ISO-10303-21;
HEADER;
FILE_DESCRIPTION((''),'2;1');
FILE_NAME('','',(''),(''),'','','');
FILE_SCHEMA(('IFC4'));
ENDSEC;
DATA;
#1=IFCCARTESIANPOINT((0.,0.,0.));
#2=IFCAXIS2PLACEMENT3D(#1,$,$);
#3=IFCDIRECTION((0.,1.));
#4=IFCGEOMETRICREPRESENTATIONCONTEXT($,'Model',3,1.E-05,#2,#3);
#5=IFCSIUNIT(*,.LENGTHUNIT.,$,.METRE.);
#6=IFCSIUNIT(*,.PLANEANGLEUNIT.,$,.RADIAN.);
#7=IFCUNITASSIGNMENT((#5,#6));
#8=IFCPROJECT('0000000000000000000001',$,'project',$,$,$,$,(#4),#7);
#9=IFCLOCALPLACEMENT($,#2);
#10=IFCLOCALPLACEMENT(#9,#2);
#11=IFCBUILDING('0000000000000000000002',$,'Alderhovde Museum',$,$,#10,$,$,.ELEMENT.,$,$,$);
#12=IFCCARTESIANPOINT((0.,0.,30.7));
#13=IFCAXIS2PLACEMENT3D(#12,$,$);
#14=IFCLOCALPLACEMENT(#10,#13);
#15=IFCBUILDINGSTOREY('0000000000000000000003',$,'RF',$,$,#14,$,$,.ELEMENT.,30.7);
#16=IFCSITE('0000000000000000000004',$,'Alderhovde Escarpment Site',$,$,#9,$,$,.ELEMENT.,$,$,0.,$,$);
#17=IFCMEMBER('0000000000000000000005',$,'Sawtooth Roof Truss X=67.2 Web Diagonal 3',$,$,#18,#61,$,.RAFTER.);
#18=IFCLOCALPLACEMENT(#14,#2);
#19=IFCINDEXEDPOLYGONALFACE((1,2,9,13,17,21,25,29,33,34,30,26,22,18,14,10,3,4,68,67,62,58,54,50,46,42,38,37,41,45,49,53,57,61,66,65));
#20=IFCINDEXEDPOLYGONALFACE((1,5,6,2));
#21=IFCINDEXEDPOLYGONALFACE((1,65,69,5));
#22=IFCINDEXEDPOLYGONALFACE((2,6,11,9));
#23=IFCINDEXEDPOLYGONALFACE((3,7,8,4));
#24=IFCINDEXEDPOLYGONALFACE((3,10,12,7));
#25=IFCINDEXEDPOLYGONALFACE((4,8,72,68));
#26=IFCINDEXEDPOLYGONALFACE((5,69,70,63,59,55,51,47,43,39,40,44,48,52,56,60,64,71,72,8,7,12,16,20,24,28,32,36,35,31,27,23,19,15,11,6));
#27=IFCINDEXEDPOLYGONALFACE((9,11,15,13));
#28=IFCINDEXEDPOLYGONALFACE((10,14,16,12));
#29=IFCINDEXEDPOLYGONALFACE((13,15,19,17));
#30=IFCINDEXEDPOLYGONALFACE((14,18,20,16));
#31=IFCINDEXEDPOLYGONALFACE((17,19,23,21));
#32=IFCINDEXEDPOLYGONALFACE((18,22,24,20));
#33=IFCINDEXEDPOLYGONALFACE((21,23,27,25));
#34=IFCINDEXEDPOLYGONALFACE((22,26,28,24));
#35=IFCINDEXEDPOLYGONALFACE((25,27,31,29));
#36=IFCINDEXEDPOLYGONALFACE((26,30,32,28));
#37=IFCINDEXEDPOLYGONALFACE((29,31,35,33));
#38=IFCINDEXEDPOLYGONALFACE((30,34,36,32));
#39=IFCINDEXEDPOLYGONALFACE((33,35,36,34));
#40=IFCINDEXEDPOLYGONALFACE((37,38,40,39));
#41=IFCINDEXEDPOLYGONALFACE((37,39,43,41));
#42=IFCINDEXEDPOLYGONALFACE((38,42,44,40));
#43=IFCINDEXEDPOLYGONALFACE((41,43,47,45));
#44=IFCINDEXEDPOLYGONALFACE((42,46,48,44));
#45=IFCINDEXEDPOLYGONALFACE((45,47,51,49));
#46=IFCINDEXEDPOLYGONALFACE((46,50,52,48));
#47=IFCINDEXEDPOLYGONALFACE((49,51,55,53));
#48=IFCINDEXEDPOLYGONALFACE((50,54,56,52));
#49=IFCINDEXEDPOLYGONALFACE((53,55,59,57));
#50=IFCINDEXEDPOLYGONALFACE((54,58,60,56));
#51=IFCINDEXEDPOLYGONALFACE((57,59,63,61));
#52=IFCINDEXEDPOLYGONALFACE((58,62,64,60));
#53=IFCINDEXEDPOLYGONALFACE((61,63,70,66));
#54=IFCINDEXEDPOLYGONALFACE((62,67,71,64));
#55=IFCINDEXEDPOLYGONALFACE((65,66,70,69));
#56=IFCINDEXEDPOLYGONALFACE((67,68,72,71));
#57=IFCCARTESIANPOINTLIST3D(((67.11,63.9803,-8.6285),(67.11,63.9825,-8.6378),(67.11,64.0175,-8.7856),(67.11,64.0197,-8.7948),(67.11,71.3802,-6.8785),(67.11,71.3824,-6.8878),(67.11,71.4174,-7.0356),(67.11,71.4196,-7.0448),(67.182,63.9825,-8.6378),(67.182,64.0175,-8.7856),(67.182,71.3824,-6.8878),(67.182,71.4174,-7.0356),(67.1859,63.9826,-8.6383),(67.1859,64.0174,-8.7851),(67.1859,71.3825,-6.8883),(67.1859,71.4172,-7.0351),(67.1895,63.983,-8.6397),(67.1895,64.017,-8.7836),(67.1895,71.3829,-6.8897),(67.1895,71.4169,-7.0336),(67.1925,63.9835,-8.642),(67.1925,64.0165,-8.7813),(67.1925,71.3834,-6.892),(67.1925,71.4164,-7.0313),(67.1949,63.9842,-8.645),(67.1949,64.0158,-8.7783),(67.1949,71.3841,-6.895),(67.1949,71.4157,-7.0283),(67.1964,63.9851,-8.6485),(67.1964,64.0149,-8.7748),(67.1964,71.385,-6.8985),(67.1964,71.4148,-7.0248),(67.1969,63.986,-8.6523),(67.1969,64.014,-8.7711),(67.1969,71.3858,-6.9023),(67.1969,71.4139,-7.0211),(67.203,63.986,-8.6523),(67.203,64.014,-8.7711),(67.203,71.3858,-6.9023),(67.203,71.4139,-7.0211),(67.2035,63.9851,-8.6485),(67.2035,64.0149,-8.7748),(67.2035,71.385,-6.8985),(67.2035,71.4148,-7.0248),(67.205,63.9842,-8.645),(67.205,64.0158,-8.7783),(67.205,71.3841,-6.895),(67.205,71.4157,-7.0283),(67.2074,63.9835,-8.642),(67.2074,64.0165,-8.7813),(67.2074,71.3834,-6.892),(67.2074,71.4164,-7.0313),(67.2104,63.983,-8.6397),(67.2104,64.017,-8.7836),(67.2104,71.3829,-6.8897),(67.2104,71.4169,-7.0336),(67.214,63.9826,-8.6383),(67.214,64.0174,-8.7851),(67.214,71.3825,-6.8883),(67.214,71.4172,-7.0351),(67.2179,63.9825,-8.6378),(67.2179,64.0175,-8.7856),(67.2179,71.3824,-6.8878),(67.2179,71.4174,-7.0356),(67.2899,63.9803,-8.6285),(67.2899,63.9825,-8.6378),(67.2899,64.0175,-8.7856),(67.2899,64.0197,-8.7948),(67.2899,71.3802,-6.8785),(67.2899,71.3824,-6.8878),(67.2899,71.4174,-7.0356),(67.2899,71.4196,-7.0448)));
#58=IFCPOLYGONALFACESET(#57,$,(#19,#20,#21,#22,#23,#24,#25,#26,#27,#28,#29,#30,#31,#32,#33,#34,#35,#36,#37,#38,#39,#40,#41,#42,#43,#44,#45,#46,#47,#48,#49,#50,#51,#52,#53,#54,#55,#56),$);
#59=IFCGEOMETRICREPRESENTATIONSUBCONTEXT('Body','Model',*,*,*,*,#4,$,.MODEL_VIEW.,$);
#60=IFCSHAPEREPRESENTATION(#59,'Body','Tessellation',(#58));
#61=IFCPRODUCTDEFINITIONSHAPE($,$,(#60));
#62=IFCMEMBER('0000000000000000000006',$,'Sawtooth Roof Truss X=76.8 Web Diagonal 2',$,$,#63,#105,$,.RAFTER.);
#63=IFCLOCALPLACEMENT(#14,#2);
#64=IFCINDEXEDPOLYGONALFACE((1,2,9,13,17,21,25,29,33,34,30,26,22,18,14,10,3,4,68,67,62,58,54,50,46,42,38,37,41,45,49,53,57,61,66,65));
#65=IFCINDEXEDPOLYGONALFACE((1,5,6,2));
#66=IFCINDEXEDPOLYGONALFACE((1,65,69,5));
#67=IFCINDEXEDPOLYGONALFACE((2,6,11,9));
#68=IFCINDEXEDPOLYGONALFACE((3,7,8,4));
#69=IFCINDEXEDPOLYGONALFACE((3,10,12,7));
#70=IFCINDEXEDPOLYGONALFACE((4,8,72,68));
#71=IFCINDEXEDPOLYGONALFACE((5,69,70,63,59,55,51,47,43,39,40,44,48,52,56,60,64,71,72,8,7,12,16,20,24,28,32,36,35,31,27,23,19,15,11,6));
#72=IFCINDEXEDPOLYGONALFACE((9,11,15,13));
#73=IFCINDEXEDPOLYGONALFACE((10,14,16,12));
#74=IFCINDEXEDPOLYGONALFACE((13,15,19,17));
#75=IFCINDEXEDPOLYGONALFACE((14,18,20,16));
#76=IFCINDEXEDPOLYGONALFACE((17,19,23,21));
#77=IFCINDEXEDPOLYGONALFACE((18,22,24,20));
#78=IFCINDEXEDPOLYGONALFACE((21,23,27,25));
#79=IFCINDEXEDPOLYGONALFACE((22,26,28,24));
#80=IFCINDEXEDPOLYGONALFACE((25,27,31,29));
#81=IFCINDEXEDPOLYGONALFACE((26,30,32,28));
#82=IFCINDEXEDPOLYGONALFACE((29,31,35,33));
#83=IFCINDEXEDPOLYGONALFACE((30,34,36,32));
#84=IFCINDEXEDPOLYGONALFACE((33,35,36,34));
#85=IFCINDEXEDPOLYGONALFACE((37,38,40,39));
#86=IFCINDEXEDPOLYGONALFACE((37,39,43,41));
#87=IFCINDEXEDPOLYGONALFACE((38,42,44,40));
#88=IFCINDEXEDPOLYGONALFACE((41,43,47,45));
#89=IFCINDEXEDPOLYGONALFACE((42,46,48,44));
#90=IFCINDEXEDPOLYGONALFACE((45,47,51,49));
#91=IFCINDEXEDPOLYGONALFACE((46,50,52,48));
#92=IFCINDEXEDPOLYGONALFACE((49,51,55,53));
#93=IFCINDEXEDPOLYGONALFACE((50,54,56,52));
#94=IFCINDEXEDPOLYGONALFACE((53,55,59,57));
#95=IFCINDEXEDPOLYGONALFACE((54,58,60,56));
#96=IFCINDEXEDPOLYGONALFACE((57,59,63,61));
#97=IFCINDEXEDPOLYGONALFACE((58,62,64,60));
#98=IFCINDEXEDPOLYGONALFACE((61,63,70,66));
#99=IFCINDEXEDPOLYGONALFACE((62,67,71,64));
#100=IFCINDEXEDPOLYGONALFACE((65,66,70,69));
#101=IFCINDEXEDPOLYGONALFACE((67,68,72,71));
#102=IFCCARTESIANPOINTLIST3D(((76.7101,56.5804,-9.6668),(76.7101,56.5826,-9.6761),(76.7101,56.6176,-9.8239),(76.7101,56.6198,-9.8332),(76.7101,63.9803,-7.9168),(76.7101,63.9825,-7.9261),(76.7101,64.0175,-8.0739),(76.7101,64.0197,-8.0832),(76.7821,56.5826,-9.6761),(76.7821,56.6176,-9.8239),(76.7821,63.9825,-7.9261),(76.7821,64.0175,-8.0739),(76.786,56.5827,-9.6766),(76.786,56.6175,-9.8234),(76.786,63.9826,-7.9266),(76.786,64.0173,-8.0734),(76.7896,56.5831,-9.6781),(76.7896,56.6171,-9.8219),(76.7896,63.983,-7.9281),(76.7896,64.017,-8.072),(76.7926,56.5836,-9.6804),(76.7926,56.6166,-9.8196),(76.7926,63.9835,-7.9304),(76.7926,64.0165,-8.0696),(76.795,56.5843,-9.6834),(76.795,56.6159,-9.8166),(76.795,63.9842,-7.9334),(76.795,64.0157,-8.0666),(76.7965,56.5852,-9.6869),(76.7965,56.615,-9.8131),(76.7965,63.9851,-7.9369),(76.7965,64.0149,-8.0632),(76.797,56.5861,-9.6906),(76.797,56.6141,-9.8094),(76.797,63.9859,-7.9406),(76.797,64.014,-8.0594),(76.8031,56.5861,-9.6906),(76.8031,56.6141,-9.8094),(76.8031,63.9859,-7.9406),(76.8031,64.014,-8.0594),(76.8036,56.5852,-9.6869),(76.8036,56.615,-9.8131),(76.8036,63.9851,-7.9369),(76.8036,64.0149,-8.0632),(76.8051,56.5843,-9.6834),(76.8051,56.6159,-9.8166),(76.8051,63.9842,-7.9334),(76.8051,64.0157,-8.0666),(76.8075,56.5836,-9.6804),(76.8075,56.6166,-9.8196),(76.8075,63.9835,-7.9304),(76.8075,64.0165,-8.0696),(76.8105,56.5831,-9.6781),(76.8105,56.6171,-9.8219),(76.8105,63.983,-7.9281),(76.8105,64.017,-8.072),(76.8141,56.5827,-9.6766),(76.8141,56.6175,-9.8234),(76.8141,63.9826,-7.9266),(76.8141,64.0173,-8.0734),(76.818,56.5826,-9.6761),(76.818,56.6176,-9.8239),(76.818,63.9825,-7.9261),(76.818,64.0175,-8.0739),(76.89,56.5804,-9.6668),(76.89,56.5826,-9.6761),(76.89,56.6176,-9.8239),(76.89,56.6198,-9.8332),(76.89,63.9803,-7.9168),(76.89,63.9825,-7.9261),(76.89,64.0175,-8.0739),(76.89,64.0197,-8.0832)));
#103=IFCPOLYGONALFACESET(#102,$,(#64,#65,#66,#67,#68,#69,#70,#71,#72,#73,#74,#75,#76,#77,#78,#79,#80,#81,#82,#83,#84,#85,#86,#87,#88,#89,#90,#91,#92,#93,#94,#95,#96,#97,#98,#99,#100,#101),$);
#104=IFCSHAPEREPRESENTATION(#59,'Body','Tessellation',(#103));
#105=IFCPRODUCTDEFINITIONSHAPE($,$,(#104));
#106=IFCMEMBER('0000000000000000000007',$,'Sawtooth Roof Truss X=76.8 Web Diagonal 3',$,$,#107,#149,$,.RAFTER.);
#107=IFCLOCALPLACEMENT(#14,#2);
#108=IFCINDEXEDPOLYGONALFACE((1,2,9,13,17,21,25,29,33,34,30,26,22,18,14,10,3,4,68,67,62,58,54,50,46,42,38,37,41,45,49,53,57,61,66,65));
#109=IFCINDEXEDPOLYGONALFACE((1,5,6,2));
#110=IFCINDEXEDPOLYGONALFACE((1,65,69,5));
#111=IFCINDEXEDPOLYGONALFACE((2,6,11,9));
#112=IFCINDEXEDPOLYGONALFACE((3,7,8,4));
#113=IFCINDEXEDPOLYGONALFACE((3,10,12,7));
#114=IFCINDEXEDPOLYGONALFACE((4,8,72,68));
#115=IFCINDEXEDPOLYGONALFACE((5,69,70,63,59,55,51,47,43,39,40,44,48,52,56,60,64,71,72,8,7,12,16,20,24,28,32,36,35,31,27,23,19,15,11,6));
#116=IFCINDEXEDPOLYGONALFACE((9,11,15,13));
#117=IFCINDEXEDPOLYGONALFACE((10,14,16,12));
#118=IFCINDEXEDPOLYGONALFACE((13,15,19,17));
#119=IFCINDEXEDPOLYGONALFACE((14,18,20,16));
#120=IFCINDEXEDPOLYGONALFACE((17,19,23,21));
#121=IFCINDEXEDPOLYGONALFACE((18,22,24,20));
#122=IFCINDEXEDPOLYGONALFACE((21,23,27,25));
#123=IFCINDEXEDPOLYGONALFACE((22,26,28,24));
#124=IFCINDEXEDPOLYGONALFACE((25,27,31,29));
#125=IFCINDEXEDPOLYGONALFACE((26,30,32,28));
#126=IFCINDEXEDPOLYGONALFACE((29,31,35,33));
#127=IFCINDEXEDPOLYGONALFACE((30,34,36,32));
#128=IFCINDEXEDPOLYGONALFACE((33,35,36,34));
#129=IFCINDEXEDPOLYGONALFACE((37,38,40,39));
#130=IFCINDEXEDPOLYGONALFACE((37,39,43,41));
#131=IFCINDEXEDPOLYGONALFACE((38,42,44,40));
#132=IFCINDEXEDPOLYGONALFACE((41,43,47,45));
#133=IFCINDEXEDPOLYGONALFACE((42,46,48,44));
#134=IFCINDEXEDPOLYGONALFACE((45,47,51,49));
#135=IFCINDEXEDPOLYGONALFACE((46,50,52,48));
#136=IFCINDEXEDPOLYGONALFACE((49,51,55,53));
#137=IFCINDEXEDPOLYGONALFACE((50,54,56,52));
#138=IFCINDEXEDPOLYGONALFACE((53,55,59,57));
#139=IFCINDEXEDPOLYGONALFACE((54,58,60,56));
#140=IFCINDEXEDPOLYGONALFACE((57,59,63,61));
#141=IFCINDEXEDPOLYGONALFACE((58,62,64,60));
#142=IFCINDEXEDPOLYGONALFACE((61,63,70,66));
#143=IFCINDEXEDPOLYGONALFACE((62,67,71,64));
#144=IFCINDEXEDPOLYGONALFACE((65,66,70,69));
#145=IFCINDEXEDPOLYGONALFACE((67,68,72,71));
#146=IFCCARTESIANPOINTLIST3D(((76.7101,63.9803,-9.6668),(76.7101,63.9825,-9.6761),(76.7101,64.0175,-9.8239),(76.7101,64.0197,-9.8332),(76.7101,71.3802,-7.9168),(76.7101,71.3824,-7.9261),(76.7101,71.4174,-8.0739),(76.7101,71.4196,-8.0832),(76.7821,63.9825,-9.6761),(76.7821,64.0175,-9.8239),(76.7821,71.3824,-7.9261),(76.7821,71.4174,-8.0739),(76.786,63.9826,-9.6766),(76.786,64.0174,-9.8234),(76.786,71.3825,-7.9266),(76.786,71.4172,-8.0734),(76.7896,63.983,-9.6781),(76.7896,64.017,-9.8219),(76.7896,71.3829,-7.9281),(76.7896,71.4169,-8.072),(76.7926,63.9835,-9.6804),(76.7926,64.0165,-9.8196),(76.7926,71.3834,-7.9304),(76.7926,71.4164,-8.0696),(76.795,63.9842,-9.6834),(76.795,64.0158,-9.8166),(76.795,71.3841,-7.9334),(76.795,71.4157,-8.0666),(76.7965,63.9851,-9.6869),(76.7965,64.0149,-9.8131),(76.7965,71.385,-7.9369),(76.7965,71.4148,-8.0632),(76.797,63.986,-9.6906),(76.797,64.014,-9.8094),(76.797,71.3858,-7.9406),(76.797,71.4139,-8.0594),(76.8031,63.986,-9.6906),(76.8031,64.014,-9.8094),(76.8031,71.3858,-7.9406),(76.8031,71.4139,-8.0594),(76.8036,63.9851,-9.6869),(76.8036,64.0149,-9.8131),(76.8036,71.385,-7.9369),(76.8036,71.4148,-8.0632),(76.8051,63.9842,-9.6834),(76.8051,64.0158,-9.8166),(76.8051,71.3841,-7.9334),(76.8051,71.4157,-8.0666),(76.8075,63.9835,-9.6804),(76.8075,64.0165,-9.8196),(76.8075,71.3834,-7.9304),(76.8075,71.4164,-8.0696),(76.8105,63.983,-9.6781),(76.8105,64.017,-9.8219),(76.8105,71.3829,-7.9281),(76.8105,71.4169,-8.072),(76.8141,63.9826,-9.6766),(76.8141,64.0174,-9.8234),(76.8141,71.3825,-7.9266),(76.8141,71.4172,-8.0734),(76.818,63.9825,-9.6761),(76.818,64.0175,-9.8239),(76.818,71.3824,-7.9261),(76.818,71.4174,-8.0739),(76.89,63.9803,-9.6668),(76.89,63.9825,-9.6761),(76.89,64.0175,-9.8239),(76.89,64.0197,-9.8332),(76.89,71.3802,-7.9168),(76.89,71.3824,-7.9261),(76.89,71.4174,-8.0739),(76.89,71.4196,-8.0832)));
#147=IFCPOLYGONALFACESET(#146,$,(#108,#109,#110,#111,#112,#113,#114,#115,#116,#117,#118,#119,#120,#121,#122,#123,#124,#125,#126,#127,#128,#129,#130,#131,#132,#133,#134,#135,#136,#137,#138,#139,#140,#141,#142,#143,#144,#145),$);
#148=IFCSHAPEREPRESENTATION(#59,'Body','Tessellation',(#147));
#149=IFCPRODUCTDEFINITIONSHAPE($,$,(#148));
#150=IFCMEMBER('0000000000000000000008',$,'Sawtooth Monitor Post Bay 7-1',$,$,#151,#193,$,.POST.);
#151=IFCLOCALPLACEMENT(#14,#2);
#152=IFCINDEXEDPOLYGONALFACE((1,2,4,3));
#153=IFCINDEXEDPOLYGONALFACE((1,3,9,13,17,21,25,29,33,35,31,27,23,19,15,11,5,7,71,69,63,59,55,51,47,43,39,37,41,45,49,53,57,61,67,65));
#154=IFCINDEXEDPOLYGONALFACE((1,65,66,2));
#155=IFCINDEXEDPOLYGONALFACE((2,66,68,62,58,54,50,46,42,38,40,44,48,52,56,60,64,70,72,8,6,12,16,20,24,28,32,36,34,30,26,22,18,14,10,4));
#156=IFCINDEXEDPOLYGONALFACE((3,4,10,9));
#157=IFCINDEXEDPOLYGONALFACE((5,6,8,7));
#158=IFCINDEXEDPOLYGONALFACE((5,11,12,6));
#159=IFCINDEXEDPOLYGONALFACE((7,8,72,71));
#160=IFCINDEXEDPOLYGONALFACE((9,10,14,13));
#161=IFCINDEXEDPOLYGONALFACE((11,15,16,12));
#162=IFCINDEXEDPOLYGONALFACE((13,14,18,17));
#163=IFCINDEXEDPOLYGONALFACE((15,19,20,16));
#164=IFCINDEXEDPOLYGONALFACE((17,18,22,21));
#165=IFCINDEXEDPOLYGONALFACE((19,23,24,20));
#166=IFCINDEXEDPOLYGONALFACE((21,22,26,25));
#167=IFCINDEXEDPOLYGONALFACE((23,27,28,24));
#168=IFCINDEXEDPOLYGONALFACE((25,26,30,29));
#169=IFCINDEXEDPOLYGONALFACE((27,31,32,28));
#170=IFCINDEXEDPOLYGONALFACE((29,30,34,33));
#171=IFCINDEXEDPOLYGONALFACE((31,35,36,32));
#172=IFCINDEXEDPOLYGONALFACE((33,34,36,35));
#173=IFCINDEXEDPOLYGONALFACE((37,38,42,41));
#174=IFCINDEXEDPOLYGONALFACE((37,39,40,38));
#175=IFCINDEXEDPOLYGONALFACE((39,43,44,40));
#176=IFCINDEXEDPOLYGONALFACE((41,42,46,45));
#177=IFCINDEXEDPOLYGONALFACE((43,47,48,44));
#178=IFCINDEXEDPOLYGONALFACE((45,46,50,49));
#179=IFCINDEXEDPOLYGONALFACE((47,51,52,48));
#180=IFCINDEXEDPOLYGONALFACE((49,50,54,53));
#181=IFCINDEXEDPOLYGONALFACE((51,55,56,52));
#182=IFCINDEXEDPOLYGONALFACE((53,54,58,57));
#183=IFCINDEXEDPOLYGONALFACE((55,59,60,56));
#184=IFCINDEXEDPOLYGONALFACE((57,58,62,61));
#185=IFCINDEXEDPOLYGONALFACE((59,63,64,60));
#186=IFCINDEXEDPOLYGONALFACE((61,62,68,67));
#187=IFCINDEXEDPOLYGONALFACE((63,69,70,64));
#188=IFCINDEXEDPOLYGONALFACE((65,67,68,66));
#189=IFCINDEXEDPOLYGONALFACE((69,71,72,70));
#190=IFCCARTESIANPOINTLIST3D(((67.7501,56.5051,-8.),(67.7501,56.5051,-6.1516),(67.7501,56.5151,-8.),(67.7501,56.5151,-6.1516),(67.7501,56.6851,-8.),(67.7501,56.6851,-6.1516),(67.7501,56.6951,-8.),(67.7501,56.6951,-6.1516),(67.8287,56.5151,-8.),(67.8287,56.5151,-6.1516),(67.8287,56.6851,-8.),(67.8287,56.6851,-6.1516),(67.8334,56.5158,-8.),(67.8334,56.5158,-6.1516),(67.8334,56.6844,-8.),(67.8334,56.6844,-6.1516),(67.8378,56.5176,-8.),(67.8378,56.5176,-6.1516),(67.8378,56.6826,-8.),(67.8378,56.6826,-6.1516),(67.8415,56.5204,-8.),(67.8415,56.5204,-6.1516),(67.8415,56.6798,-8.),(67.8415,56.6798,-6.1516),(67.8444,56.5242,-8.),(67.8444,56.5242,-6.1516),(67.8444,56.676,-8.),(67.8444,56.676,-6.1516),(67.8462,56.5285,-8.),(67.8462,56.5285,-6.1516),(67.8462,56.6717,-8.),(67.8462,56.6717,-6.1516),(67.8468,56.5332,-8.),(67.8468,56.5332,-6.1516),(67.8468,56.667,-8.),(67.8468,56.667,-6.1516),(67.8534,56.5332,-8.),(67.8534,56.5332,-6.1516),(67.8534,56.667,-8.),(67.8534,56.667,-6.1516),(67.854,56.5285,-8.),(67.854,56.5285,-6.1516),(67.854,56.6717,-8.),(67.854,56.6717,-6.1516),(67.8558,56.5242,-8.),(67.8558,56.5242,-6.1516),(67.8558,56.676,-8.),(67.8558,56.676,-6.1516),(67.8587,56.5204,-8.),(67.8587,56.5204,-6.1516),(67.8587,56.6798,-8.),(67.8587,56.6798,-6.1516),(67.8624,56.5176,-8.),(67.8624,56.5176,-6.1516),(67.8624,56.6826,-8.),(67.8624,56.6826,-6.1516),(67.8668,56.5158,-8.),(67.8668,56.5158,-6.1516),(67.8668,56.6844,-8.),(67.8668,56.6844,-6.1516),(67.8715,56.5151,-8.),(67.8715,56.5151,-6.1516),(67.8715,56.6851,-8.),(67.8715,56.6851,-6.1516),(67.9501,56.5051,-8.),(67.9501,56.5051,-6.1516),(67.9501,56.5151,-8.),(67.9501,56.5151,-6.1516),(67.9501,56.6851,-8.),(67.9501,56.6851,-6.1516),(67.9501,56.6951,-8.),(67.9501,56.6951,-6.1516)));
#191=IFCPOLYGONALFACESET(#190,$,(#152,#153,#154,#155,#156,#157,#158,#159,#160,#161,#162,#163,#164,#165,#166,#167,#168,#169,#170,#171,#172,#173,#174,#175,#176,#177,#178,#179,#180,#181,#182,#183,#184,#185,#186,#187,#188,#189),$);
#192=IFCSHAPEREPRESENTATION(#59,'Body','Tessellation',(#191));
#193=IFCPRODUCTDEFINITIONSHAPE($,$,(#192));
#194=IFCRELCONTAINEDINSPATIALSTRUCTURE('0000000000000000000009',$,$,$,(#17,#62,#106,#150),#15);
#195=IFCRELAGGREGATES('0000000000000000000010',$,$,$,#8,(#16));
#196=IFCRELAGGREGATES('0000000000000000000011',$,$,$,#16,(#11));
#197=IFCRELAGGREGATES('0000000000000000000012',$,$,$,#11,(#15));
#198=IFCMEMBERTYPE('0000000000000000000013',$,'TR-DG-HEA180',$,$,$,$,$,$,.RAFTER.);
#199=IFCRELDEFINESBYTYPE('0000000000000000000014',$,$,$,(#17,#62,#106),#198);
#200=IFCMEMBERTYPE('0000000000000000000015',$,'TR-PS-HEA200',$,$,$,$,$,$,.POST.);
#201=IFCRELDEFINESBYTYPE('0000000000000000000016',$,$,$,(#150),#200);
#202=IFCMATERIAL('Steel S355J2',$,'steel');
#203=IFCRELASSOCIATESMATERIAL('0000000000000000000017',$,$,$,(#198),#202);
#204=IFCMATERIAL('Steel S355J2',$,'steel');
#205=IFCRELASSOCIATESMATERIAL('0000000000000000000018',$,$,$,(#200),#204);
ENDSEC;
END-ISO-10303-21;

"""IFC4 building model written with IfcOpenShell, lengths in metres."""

from ifc_helpers import new_model, si_unit, direction, frame, origin, origin_2d, place, context, subcontext, project, spatial, i_section, extrude, material, material_profile, profile_set, type_object, element, save


model = new_model("IFC4")

# Units and contexts
model_context = context("Model", 3, precision=1e-05, world=origin(), true_north=direction((0.0, 1.0)))
body_context = subcontext(model_context, "Body", "Model", "MODEL_VIEW")
ifc_project = project(units=[si_unit("LENGTHUNIT", "METRE"), si_unit("PLANEANGLEUNIT", "RADIAN")], contexts=[model_context])

# Site, building, storey
site_placement = place(None, origin())
site = spatial("IfcSite", under=ifc_project, at=site_placement, Name="Alderhovde Escarpment Site", CompositionType="ELEMENT", RefElevation=0.0)
building_placement = place(site_placement, origin())
building = spatial("IfcBuilding", under=site, at=building_placement, Name="Alderhovde Museum", CompositionType="ELEMENT")
storey_placement = place(building_placement, frame((0.0, 0.0, 30.7)))
storey = spatial("IfcBuildingStorey", under=building, at=storey_placement, Name="RF", CompositionType="ELEMENT", Elevation=30.7)

# Members
ifc_material_1 = material(Name="Steel S355J2", Category="steel")
ifc_material_profile_1 = material_profile(ifc_material_1, i_section(OverallWidth=0.1799, OverallDepth=0.1709, WebThickness=0.0061, FlangeThickness=0.0095, FilletRadius=0.0149, at=origin_2d()), Name="HEA 180")
ifc_profile_set_1 = profile_set([ifc_material_profile_1], Name="Steel S355J2")
member_type_1 = type_object("IfcMemberType", Name="TR-DG-HEA180", PredefinedType="RAFTER", material=ifc_profile_set_1)
for number, where, z_axis, x_axis, name in (
    (1, (67.2, 64.0, -8.7117), (0.0, 0.973157, 0.230142), (-1.0, 0.0, 0.0), "Sawtooth Roof Truss X=67.2 Web Diagonal 3"),
    (2, (76.8, 56.6001, -9.75), (0.0, 0.973157, 0.230142), (-1.0, 0.0, 0.0), "Sawtooth Roof Truss X=76.8 Web Diagonal 2"),
    (3, (76.8, 64.0, -9.75), (0.0, 0.973157, 0.230142), (-1.0, 0.0, 0.0), "Sawtooth Roof Truss X=76.8 Web Diagonal 3"),
):
    element("IfcMember", number, at=place(storey_placement, frame(where, z_axis=z_axis, x_axis=x_axis)), inside=storey, type_object=member_type_1, Name=name, PredefinedType="RAFTER", context=body_context, shape_type="SweptSolid", body=[
        extrude(i_section(OverallWidth=0.1799, OverallDepth=0.1709, WebThickness=0.0061, FlangeThickness=0.0095, FilletRadius=0.0149, at=origin_2d()), origin(), (0.0, 0.0, 1.0), 7.604),
    ])
ifc_material_2 = material(Name="Steel S355J2", Category="steel")
ifc_material_profile_2 = material_profile(ifc_material_2, i_section(OverallWidth=0.2, OverallDepth=0.1899, WebThickness=0.0066, FlangeThickness=0.01, FilletRadius=0.0181, at=origin_2d()), Name="HEA 200")
ifc_profile_set_2 = profile_set([ifc_material_profile_2], Name="Steel S355J2")
member_type_2 = type_object("IfcMemberType", Name="TR-PS-HEA200", PredefinedType="POST", material=ifc_profile_set_2)
for number, where, z_axis, x_axis, name in (
    (4, (67.8501, 56.6001, -8.0), (0.0, 0.0, 1.0), (1.0, 0.0, 0.0), "Sawtooth Monitor Post Bay 7-1"),
):
    element("IfcMember", number, at=place(storey_placement, frame(where, z_axis=z_axis, x_axis=x_axis)), inside=storey, type_object=member_type_2, Name=name, PredefinedType="POST", context=body_context, shape_type="SweptSolid", body=[
        extrude(i_section(OverallWidth=0.2, OverallDepth=0.1899, WebThickness=0.0066, FlangeThickness=0.01, FilletRadius=0.0181, at=origin_2d()), origin(), (0.0, 0.0, 1.0), 1.8484),
    ])

save(model, "model.ifc")
